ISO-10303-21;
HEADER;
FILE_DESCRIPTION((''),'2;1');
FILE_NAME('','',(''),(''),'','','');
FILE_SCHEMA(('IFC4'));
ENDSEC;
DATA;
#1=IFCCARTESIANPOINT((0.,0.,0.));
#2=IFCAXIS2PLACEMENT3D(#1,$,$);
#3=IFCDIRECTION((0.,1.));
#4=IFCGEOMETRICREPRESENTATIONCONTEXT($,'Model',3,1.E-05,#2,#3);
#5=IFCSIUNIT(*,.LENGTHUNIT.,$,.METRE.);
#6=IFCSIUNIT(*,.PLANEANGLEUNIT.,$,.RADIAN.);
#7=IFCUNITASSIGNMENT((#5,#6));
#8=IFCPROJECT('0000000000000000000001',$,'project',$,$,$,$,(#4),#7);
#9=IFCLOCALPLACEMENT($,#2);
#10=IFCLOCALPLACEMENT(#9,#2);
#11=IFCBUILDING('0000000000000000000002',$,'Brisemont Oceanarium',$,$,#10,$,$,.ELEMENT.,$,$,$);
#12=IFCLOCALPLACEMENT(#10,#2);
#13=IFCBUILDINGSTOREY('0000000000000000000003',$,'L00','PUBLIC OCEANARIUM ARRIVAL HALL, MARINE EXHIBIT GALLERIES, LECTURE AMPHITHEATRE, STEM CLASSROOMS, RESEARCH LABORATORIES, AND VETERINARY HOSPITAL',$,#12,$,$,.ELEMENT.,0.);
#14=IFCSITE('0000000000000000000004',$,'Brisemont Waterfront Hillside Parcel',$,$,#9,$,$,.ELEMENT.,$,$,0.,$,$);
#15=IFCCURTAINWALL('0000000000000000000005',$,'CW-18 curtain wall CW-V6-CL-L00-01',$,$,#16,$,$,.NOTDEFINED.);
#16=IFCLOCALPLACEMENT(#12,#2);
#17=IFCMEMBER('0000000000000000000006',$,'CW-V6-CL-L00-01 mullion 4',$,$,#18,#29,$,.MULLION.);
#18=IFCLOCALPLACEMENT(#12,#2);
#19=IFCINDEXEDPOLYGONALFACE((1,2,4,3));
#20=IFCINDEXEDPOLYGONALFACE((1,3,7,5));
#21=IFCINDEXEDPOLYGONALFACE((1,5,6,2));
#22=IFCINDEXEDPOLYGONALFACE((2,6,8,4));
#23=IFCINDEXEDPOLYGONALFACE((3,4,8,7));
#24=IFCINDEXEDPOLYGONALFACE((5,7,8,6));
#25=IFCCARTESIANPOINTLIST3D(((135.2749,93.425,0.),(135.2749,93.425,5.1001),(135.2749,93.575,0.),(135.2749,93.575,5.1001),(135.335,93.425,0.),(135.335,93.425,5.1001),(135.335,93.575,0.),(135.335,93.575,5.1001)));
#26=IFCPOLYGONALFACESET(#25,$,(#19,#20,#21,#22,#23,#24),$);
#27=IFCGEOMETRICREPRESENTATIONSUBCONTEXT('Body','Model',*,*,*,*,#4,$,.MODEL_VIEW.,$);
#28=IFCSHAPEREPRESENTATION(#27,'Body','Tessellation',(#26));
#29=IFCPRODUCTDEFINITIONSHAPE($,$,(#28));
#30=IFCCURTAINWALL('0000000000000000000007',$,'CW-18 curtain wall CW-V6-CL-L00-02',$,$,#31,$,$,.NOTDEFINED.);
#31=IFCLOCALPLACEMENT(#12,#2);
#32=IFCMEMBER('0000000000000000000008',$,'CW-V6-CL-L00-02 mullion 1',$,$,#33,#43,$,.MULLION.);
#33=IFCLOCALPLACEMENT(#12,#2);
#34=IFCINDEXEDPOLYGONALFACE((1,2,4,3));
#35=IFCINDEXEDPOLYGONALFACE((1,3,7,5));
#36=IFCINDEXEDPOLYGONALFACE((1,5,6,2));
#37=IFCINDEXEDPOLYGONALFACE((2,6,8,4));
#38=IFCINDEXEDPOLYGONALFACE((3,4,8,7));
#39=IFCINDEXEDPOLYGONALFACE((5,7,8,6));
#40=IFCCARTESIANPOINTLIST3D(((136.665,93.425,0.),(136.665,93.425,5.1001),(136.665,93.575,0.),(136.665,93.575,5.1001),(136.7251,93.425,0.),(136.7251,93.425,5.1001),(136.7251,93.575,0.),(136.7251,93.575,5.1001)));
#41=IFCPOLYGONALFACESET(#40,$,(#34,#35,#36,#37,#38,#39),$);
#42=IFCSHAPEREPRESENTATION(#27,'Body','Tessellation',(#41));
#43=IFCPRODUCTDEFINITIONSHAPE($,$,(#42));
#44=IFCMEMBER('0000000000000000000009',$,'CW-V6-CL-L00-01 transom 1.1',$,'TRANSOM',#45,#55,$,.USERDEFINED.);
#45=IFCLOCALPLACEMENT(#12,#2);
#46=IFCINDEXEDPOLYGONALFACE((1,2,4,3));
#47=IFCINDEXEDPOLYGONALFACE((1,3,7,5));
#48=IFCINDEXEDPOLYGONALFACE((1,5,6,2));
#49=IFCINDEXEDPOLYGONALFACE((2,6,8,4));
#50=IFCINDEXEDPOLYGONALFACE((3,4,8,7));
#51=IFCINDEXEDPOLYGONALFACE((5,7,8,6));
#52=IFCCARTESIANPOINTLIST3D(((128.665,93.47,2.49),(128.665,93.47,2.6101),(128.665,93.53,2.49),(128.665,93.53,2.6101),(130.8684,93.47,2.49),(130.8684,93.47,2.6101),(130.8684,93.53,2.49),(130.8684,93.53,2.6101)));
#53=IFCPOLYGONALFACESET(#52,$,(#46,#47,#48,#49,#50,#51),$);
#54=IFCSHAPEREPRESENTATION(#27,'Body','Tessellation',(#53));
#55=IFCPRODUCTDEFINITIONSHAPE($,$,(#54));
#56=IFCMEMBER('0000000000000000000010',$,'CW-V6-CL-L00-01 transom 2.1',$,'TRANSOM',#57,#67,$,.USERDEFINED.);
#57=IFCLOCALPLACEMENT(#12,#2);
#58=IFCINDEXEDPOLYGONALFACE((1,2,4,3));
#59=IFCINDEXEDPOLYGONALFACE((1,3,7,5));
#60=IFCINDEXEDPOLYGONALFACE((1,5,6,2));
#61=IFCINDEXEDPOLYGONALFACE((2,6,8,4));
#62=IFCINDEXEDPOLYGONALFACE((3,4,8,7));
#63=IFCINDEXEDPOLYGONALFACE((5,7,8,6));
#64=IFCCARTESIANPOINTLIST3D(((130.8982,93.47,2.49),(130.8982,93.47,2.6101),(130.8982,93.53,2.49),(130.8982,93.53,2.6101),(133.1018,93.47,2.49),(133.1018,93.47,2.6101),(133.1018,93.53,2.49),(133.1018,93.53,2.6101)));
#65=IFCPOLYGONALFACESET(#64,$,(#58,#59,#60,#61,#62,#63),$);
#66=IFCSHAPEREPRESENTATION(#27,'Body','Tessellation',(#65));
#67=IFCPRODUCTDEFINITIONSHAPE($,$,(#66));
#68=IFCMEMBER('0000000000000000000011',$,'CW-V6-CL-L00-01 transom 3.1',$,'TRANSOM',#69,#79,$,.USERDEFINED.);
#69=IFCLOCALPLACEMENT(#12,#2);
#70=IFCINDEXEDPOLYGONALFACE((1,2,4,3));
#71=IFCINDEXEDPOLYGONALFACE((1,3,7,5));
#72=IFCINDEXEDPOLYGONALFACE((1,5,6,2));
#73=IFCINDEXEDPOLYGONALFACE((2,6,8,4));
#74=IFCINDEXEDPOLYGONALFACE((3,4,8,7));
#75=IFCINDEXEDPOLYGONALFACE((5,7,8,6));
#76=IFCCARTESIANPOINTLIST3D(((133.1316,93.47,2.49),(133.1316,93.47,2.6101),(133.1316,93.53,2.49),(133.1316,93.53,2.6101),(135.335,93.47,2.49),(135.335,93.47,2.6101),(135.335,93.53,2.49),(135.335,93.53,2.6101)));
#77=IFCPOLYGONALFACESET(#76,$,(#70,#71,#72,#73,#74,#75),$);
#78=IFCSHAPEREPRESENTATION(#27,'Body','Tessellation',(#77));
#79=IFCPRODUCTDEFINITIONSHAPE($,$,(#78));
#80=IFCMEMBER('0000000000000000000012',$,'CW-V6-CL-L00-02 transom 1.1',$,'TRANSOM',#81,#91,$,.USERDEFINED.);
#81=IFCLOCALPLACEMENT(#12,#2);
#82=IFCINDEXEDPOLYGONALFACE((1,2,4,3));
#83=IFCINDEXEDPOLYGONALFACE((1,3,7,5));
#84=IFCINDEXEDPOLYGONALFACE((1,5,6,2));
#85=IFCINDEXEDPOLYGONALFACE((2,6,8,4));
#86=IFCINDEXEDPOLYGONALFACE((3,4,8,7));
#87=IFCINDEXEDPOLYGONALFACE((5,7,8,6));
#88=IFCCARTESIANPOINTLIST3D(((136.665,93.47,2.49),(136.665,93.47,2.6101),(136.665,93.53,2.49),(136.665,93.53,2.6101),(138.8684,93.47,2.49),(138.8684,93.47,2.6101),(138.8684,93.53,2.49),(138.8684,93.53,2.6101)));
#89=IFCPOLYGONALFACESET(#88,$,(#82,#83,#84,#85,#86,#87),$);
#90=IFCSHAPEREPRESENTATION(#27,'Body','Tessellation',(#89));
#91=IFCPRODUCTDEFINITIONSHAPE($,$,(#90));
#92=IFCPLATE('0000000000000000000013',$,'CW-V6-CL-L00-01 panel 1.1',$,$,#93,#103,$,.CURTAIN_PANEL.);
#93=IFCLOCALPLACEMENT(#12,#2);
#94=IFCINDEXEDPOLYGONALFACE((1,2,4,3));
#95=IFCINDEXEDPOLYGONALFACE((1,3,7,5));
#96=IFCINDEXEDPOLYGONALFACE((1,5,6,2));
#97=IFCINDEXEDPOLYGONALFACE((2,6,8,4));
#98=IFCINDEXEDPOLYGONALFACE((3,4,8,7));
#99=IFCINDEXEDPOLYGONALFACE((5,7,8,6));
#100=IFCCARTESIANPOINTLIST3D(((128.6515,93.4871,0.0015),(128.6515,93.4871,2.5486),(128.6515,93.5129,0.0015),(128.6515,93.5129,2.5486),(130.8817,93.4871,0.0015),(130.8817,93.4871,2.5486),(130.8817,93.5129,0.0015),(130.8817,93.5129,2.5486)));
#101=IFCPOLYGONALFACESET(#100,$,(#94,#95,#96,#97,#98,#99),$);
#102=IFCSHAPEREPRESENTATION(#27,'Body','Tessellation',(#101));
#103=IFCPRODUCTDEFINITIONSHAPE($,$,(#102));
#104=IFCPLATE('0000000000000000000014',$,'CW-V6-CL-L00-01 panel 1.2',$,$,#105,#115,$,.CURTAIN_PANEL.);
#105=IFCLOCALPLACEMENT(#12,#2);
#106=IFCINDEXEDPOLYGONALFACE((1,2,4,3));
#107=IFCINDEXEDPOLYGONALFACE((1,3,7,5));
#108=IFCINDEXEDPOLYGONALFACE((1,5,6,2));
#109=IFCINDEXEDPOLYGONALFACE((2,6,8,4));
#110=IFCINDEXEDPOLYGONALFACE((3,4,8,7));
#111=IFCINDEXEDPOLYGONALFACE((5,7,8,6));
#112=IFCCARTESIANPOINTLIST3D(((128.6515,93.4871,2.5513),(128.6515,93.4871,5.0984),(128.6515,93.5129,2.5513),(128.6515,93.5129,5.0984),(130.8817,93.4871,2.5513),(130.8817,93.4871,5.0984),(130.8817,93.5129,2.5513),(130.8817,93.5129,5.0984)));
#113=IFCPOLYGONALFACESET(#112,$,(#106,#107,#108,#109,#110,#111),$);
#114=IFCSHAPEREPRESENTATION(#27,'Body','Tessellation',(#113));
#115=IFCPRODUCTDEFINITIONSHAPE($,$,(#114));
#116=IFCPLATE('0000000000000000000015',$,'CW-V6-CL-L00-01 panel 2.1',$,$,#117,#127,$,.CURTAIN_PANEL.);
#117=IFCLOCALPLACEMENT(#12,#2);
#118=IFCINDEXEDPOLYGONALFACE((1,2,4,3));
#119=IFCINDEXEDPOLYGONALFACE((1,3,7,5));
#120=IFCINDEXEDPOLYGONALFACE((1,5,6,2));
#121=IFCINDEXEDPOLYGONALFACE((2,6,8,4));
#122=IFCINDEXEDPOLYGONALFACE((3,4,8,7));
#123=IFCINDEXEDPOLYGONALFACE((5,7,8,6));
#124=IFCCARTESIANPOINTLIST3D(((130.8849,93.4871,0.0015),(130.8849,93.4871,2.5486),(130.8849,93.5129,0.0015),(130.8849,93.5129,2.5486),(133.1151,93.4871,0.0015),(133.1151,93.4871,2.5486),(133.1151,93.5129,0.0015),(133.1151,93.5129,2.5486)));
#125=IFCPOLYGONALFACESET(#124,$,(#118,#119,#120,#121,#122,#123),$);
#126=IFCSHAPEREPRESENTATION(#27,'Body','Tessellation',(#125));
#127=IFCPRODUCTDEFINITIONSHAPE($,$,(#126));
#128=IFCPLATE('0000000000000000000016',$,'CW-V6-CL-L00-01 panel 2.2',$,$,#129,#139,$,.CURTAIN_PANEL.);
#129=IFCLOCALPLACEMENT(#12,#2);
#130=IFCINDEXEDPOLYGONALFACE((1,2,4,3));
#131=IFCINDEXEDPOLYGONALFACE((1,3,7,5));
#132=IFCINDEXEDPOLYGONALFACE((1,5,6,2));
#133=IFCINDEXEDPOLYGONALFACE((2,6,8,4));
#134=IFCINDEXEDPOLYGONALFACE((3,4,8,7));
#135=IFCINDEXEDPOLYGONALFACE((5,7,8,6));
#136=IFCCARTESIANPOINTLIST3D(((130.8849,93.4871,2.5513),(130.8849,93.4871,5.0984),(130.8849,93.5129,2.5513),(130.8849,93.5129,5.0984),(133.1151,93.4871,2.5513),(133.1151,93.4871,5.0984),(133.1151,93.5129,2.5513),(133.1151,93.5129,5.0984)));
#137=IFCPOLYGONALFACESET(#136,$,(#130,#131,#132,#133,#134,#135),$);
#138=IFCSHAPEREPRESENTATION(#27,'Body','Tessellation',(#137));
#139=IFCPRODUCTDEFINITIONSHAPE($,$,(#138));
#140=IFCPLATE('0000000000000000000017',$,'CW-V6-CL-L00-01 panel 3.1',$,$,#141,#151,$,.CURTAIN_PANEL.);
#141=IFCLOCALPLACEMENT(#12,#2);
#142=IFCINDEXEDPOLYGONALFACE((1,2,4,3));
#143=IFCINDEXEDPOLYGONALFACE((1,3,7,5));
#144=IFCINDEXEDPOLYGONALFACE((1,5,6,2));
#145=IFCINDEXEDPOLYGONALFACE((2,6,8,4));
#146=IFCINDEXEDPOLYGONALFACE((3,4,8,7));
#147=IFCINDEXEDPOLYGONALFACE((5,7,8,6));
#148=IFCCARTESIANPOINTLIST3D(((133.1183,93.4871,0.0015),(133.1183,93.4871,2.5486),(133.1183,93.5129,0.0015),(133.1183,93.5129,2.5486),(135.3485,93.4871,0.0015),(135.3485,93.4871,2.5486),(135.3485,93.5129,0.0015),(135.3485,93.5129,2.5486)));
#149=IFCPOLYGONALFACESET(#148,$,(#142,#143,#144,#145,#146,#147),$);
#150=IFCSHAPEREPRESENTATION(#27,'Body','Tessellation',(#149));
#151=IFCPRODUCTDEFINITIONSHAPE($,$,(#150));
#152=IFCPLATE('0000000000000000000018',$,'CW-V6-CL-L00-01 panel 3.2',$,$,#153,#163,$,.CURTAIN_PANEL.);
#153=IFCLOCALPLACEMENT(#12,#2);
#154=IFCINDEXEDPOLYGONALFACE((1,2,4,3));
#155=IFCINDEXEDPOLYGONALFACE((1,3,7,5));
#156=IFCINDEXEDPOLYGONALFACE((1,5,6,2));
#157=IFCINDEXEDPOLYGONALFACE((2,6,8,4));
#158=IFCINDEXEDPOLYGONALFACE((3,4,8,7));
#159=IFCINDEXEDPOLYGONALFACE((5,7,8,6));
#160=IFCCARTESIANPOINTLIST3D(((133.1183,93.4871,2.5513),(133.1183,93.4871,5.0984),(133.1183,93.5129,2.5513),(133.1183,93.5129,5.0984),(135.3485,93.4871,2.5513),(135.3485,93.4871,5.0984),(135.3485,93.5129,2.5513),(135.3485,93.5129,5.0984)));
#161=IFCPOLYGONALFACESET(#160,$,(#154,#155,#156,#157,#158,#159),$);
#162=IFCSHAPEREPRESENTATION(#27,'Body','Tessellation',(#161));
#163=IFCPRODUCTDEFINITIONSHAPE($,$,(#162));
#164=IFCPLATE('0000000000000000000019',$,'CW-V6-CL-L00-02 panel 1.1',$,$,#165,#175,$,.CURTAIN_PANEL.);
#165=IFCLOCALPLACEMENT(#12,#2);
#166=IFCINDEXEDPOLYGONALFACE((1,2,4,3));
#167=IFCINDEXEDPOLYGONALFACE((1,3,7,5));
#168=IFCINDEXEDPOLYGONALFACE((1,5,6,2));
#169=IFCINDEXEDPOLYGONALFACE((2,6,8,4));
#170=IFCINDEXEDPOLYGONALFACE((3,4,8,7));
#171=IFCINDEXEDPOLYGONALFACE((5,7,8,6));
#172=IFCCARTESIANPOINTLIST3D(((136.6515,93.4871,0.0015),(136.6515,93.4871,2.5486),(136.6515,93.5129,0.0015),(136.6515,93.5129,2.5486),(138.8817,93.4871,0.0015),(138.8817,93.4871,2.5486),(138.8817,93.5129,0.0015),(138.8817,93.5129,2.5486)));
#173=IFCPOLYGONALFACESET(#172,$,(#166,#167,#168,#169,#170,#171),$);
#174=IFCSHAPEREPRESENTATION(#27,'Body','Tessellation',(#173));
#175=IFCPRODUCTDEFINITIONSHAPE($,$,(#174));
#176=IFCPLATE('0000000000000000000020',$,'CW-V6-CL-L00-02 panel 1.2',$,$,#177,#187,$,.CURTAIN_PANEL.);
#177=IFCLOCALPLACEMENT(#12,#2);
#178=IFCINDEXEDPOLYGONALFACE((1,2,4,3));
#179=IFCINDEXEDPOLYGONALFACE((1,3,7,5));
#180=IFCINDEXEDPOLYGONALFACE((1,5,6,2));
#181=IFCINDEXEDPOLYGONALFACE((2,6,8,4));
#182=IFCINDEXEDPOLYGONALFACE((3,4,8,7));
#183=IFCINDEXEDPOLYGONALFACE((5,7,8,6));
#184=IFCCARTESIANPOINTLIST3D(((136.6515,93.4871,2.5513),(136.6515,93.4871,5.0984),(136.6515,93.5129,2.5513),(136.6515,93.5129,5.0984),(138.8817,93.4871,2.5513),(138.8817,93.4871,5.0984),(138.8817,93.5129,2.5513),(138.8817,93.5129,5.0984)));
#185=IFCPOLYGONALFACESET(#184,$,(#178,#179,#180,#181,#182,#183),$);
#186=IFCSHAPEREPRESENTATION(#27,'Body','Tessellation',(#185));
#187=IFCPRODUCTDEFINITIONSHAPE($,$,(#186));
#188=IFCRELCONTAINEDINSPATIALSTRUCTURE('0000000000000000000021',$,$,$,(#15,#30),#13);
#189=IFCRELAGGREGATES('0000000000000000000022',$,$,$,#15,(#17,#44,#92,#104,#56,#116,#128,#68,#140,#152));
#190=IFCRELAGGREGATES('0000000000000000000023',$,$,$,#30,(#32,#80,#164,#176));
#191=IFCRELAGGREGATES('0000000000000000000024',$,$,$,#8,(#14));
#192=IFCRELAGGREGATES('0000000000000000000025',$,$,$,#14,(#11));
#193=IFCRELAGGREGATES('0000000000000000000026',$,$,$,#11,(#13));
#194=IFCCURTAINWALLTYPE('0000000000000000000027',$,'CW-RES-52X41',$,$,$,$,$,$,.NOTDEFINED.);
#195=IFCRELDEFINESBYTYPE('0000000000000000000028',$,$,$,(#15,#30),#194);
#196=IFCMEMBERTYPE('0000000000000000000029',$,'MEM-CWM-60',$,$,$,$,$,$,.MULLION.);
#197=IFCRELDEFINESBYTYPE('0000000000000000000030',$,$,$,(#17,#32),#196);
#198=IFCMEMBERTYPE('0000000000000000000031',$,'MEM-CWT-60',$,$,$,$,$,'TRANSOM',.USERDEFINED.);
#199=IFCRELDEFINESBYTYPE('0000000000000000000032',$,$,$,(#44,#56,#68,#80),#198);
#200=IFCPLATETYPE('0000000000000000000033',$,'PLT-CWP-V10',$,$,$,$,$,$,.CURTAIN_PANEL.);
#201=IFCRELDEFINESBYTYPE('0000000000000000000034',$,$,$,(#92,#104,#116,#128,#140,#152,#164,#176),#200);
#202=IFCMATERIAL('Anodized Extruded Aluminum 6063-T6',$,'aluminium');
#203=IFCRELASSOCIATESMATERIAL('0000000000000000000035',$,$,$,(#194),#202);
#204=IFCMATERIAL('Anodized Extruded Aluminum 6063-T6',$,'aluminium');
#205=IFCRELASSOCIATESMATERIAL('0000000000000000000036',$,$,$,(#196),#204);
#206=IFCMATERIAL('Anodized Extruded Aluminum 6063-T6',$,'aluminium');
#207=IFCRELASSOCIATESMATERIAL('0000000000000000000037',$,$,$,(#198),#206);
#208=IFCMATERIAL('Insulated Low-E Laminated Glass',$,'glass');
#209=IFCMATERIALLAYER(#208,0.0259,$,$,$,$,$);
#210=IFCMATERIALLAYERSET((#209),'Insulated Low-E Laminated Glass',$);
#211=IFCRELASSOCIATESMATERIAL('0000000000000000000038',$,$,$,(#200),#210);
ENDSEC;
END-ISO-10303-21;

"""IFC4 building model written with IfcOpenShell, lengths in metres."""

from ifc_helpers import new_model, si_unit, direction, frame, origin, origin_2d, place, context, subcontext, project, spatial, rectangle, extrude, material, layer, layer_set, material_profile, profile_set, type_object, element, aggregate, save


model = new_model("IFC4")

# Units and contexts
model_context = context("Model", 3, precision=1e-05, world=origin(), true_north=direction((0.0, 1.0)))
body_context = subcontext(model_context, "Body", "Model", "MODEL_VIEW")
ifc_project = project(units=[si_unit("LENGTHUNIT", "METRE"), si_unit("PLANEANGLEUNIT", "RADIAN")], contexts=[model_context])

# Site, building, storey
site_placement = place(None, origin())
site = spatial("IfcSite", under=ifc_project, at=site_placement, Name="Brisemont Waterfront Hillside Parcel", CompositionType="ELEMENT", RefElevation=0.0)
building_placement = place(site_placement, origin())
building = spatial("IfcBuilding", under=site, at=building_placement, Name="Brisemont Oceanarium", CompositionType="ELEMENT")
storey_placement = place(building_placement, origin())
storey = spatial("IfcBuildingStorey", under=building, at=storey_placement, Name="L00", Description="PUBLIC OCEANARIUM ARRIVAL HALL, MARINE EXHIBIT GALLERIES, LECTURE AMPHITHEATRE, STEM CLASSROOMS, RESEARCH LABORATORIES, AND VETERINARY HOSPITAL", CompositionType="ELEMENT", Elevation=0.0)

# Curtain wall, member
ifc_material_1 = material(Name="Anodized Extruded Aluminum 6063-T6", Category="aluminium")
curtain_wall_type = type_object("IfcCurtainWallType", Name="CW-RES-52X41", PredefinedType="NOTDEFINED", material=ifc_material_1)
curtain_wall_1_placement = place(storey_placement, origin())
curtain_wall_1 = element("IfcCurtainWall", 1, at=curtain_wall_1_placement, inside=storey, type_object=curtain_wall_type, Name="CW-18 curtain wall CW-V6-CL-L00-01", PredefinedType="NOTDEFINED")
ifc_material_2 = material(Name="Anodized Extruded Aluminum 6063-T6", Category="aluminium")
ifc_material_profile_1 = material_profile(ifc_material_2, rectangle(XDim=0.0601, YDim=0.1499, at=origin_2d()), Name="CWM-60X150")
ifc_profile_set_1 = profile_set([ifc_material_profile_1], Name="Anodized Extruded Aluminum 6063-T6")
member_type_1 = type_object("IfcMemberType", Name="MEM-CWM-60", PredefinedType="MULLION", material=ifc_profile_set_1)
member_1_placement = place(storey_placement, frame((135.3049, 93.5, 0.0), z_axis=(0.0, 0.0, 1.0), x_axis=(1.0, 0.0, 0.0)))
member_1 = element("IfcMember", 2, at=member_1_placement, type_object=member_type_1, Name="CW-V6-CL-L00-01 mullion 4", PredefinedType="MULLION", context=body_context, shape_type="SweptSolid", body=[
    extrude(rectangle(XDim=0.0601, YDim=0.1499, at=origin_2d()), origin(), (0.0, 0.0, 1.0), 5.1001),
])

# Curtain wall, member
curtain_wall_2_placement = place(storey_placement, origin())
curtain_wall_2 = element("IfcCurtainWall", 3, at=curtain_wall_2_placement, inside=storey, type_object=curtain_wall_type, Name="CW-18 curtain wall CW-V6-CL-L00-02", PredefinedType="NOTDEFINED")
member_2_placement = place(storey_placement, frame((136.6951, 93.5, 0.0), z_axis=(0.0, 0.0, 1.0), x_axis=(1.0, 0.0, 0.0)))
member_2 = element("IfcMember", 4, at=member_2_placement, type_object=member_type_1, Name="CW-V6-CL-L00-02 mullion 1", PredefinedType="MULLION", context=body_context, shape_type="SweptSolid", body=[
    extrude(rectangle(XDim=0.0601, YDim=0.1499, at=origin_2d()), origin(), (0.0, 0.0, 1.0), 5.1001),
])

# Members
ifc_material_3 = material(Name="Anodized Extruded Aluminum 6063-T6", Category="aluminium")
ifc_material_profile_2 = material_profile(ifc_material_3, rectangle(XDim=0.0601, YDim=0.1201, at=origin_2d()), Name="CWT-60X120")
ifc_profile_set_2 = profile_set([ifc_material_profile_2], Name="Anodized Extruded Aluminum 6063-T6")
member_type_2 = type_object("IfcMemberType", Name="MEM-CWT-60", ElementType="TRANSOM", PredefinedType="USERDEFINED", material=ifc_profile_set_2)
member_3_placement = place(storey_placement, frame((128.665, 93.5, 2.55), z_axis=(1.0, 0.0, 0.0), x_axis=(0.0, 1.0, 0.0)))
member_3 = element("IfcMember", 5, at=member_3_placement, type_object=member_type_2, Name="CW-V6-CL-L00-01 transom 1.1", ObjectType="TRANSOM", PredefinedType="USERDEFINED", context=body_context, shape_type="SweptSolid", body=[
    extrude(rectangle(XDim=0.0601, YDim=0.1201, at=origin_2d()), origin(), (0.0, 0.0, 1.0), 2.2034),
])
member_4_placement = place(storey_placement, frame((130.8982, 93.5, 2.55), z_axis=(1.0, 0.0, 0.0), x_axis=(0.0, 1.0, 0.0)))
member_4 = element("IfcMember", 6, at=member_4_placement, type_object=member_type_2, Name="CW-V6-CL-L00-01 transom 2.1", ObjectType="TRANSOM", PredefinedType="USERDEFINED", context=body_context, shape_type="SweptSolid", body=[
    extrude(rectangle(XDim=0.0601, YDim=0.1201, at=origin_2d()), origin(), (0.0, 0.0, 1.0), 2.2036),
])
member_5_placement = place(storey_placement, frame((133.1316, 93.5, 2.55), z_axis=(1.0, 0.0, 0.0), x_axis=(0.0, 1.0, 0.0)))
member_5 = element("IfcMember", 7, at=member_5_placement, type_object=member_type_2, Name="CW-V6-CL-L00-01 transom 3.1", ObjectType="TRANSOM", PredefinedType="USERDEFINED", context=body_context, shape_type="SweptSolid", body=[
    extrude(rectangle(XDim=0.0601, YDim=0.1201, at=origin_2d()), origin(), (0.0, 0.0, 1.0), 2.2034),
])
member_6_placement = place(storey_placement, frame((136.665, 93.5, 2.55), z_axis=(1.0, 0.0, 0.0), x_axis=(0.0, 1.0, 0.0)))
member_6 = element("IfcMember", 8, at=member_6_placement, type_object=member_type_2, Name="CW-V6-CL-L00-02 transom 1.1", ObjectType="TRANSOM", PredefinedType="USERDEFINED", context=body_context, shape_type="SweptSolid", body=[
    extrude(rectangle(XDim=0.0601, YDim=0.1201, at=origin_2d()), origin(), (0.0, 0.0, 1.0), 2.2034),
])

# Plates
ifc_material_4 = material(Name="Insulated Low-E Laminated Glass", Category="glass")
ifc_layer = layer(ifc_material_4, 0.0259)
ifc_layer_set = layer_set([ifc_layer], Name="Insulated Low-E Laminated Glass")
plate_type = type_object("IfcPlateType", Name="PLT-CWP-V10", PredefinedType="CURTAIN_PANEL", material=ifc_layer_set)
plate_1_placement = place(storey_placement, frame((129.7666, 93.5, 0.0015), z_axis=(0.0, 0.0, 1.0), x_axis=(1.0, 0.0, 0.0)))
plate_1 = element("IfcPlate", 9, at=plate_1_placement, type_object=plate_type, Name="CW-V6-CL-L00-01 panel 1.1", PredefinedType="CURTAIN_PANEL", context=body_context, shape_type="SweptSolid", body=[
    extrude(rectangle(XDim=2.2302, YDim=0.0259, at=origin_2d()), origin(), (0.0, 0.0, 1.0), 2.5471),
])
plate_2_placement = place(storey_placement, frame((129.7666, 93.5, 2.5513), z_axis=(0.0, 0.0, 1.0), x_axis=(1.0, 0.0, 0.0)))
plate_2 = element("IfcPlate", 10, at=plate_2_placement, type_object=plate_type, Name="CW-V6-CL-L00-01 panel 1.2", PredefinedType="CURTAIN_PANEL", context=body_context, shape_type="SweptSolid", body=[
    extrude(rectangle(XDim=2.2302, YDim=0.0259, at=origin_2d()), origin(), (0.0, 0.0, 1.0), 2.5471),
])
plate_3_placement = place(storey_placement, frame((132.0, 93.5, 0.0015), z_axis=(0.0, 0.0, 1.0), x_axis=(1.0, 0.0, 0.0)))
plate_3 = element("IfcPlate", 11, at=plate_3_placement, type_object=plate_type, Name="CW-V6-CL-L00-01 panel 2.1", PredefinedType="CURTAIN_PANEL", context=body_context, shape_type="SweptSolid", body=[
    extrude(rectangle(XDim=2.2302, YDim=0.0259, at=origin_2d()), origin(), (0.0, 0.0, 1.0), 2.5471),
])
plate_4_placement = place(storey_placement, frame((132.0, 93.5, 2.5513), z_axis=(0.0, 0.0, 1.0), x_axis=(1.0, 0.0, 0.0)))
plate_4 = element("IfcPlate", 12, at=plate_4_placement, type_object=plate_type, Name="CW-V6-CL-L00-01 panel 2.2", PredefinedType="CURTAIN_PANEL", context=body_context, shape_type="SweptSolid", body=[
    extrude(rectangle(XDim=2.2302, YDim=0.0259, at=origin_2d()), origin(), (0.0, 0.0, 1.0), 2.5471),
])
plate_5_placement = place(storey_placement, frame((134.2334, 93.5, 0.0015), z_axis=(0.0, 0.0, 1.0), x_axis=(1.0, 0.0, 0.0)))
plate_5 = element("IfcPlate", 13, at=plate_5_placement, type_object=plate_type, Name="CW-V6-CL-L00-01 panel 3.1", PredefinedType="CURTAIN_PANEL", context=body_context, shape_type="SweptSolid", body=[
    extrude(rectangle(XDim=2.2302, YDim=0.0259, at=origin_2d()), origin(), (0.0, 0.0, 1.0), 2.5471),
])
plate_6_placement = place(storey_placement, frame((134.2334, 93.5, 2.5513), z_axis=(0.0, 0.0, 1.0), x_axis=(1.0, 0.0, 0.0)))
plate_6 = element("IfcPlate", 14, at=plate_6_placement, type_object=plate_type, Name="CW-V6-CL-L00-01 panel 3.2", PredefinedType="CURTAIN_PANEL", context=body_context, shape_type="SweptSolid", body=[
    extrude(rectangle(XDim=2.2302, YDim=0.0259, at=origin_2d()), origin(), (0.0, 0.0, 1.0), 2.5471),
])
aggregate(curtain_wall_1, [member_1, member_3, plate_1, plate_2, member_4, plate_3, plate_4, member_5, plate_5, plate_6])
plate_7_placement = place(storey_placement, frame((137.7666, 93.5, 0.0015), z_axis=(0.0, 0.0, 1.0), x_axis=(1.0, 0.0, 0.0)))
plate_7 = element("IfcPlate", 15, at=plate_7_placement, type_object=plate_type, Name="CW-V6-CL-L00-02 panel 1.1", PredefinedType="CURTAIN_PANEL", context=body_context, shape_type="SweptSolid", body=[
    extrude(rectangle(XDim=2.2302, YDim=0.0259, at=origin_2d()), origin(), (0.0, 0.0, 1.0), 2.5471),
])
plate_8_placement = place(storey_placement, frame((137.7666, 93.5, 2.5513), z_axis=(0.0, 0.0, 1.0), x_axis=(1.0, 0.0, 0.0)))
plate_8 = element("IfcPlate", 16, at=plate_8_placement, type_object=plate_type, Name="CW-V6-CL-L00-02 panel 1.2", PredefinedType="CURTAIN_PANEL", context=body_context, shape_type="SweptSolid", body=[
    extrude(rectangle(XDim=2.2302, YDim=0.0259, at=origin_2d()), origin(), (0.0, 0.0, 1.0), 2.5471),
])
aggregate(curtain_wall_2, [member_2, member_6, plate_7, plate_8])

save(model, "model.ifc")
